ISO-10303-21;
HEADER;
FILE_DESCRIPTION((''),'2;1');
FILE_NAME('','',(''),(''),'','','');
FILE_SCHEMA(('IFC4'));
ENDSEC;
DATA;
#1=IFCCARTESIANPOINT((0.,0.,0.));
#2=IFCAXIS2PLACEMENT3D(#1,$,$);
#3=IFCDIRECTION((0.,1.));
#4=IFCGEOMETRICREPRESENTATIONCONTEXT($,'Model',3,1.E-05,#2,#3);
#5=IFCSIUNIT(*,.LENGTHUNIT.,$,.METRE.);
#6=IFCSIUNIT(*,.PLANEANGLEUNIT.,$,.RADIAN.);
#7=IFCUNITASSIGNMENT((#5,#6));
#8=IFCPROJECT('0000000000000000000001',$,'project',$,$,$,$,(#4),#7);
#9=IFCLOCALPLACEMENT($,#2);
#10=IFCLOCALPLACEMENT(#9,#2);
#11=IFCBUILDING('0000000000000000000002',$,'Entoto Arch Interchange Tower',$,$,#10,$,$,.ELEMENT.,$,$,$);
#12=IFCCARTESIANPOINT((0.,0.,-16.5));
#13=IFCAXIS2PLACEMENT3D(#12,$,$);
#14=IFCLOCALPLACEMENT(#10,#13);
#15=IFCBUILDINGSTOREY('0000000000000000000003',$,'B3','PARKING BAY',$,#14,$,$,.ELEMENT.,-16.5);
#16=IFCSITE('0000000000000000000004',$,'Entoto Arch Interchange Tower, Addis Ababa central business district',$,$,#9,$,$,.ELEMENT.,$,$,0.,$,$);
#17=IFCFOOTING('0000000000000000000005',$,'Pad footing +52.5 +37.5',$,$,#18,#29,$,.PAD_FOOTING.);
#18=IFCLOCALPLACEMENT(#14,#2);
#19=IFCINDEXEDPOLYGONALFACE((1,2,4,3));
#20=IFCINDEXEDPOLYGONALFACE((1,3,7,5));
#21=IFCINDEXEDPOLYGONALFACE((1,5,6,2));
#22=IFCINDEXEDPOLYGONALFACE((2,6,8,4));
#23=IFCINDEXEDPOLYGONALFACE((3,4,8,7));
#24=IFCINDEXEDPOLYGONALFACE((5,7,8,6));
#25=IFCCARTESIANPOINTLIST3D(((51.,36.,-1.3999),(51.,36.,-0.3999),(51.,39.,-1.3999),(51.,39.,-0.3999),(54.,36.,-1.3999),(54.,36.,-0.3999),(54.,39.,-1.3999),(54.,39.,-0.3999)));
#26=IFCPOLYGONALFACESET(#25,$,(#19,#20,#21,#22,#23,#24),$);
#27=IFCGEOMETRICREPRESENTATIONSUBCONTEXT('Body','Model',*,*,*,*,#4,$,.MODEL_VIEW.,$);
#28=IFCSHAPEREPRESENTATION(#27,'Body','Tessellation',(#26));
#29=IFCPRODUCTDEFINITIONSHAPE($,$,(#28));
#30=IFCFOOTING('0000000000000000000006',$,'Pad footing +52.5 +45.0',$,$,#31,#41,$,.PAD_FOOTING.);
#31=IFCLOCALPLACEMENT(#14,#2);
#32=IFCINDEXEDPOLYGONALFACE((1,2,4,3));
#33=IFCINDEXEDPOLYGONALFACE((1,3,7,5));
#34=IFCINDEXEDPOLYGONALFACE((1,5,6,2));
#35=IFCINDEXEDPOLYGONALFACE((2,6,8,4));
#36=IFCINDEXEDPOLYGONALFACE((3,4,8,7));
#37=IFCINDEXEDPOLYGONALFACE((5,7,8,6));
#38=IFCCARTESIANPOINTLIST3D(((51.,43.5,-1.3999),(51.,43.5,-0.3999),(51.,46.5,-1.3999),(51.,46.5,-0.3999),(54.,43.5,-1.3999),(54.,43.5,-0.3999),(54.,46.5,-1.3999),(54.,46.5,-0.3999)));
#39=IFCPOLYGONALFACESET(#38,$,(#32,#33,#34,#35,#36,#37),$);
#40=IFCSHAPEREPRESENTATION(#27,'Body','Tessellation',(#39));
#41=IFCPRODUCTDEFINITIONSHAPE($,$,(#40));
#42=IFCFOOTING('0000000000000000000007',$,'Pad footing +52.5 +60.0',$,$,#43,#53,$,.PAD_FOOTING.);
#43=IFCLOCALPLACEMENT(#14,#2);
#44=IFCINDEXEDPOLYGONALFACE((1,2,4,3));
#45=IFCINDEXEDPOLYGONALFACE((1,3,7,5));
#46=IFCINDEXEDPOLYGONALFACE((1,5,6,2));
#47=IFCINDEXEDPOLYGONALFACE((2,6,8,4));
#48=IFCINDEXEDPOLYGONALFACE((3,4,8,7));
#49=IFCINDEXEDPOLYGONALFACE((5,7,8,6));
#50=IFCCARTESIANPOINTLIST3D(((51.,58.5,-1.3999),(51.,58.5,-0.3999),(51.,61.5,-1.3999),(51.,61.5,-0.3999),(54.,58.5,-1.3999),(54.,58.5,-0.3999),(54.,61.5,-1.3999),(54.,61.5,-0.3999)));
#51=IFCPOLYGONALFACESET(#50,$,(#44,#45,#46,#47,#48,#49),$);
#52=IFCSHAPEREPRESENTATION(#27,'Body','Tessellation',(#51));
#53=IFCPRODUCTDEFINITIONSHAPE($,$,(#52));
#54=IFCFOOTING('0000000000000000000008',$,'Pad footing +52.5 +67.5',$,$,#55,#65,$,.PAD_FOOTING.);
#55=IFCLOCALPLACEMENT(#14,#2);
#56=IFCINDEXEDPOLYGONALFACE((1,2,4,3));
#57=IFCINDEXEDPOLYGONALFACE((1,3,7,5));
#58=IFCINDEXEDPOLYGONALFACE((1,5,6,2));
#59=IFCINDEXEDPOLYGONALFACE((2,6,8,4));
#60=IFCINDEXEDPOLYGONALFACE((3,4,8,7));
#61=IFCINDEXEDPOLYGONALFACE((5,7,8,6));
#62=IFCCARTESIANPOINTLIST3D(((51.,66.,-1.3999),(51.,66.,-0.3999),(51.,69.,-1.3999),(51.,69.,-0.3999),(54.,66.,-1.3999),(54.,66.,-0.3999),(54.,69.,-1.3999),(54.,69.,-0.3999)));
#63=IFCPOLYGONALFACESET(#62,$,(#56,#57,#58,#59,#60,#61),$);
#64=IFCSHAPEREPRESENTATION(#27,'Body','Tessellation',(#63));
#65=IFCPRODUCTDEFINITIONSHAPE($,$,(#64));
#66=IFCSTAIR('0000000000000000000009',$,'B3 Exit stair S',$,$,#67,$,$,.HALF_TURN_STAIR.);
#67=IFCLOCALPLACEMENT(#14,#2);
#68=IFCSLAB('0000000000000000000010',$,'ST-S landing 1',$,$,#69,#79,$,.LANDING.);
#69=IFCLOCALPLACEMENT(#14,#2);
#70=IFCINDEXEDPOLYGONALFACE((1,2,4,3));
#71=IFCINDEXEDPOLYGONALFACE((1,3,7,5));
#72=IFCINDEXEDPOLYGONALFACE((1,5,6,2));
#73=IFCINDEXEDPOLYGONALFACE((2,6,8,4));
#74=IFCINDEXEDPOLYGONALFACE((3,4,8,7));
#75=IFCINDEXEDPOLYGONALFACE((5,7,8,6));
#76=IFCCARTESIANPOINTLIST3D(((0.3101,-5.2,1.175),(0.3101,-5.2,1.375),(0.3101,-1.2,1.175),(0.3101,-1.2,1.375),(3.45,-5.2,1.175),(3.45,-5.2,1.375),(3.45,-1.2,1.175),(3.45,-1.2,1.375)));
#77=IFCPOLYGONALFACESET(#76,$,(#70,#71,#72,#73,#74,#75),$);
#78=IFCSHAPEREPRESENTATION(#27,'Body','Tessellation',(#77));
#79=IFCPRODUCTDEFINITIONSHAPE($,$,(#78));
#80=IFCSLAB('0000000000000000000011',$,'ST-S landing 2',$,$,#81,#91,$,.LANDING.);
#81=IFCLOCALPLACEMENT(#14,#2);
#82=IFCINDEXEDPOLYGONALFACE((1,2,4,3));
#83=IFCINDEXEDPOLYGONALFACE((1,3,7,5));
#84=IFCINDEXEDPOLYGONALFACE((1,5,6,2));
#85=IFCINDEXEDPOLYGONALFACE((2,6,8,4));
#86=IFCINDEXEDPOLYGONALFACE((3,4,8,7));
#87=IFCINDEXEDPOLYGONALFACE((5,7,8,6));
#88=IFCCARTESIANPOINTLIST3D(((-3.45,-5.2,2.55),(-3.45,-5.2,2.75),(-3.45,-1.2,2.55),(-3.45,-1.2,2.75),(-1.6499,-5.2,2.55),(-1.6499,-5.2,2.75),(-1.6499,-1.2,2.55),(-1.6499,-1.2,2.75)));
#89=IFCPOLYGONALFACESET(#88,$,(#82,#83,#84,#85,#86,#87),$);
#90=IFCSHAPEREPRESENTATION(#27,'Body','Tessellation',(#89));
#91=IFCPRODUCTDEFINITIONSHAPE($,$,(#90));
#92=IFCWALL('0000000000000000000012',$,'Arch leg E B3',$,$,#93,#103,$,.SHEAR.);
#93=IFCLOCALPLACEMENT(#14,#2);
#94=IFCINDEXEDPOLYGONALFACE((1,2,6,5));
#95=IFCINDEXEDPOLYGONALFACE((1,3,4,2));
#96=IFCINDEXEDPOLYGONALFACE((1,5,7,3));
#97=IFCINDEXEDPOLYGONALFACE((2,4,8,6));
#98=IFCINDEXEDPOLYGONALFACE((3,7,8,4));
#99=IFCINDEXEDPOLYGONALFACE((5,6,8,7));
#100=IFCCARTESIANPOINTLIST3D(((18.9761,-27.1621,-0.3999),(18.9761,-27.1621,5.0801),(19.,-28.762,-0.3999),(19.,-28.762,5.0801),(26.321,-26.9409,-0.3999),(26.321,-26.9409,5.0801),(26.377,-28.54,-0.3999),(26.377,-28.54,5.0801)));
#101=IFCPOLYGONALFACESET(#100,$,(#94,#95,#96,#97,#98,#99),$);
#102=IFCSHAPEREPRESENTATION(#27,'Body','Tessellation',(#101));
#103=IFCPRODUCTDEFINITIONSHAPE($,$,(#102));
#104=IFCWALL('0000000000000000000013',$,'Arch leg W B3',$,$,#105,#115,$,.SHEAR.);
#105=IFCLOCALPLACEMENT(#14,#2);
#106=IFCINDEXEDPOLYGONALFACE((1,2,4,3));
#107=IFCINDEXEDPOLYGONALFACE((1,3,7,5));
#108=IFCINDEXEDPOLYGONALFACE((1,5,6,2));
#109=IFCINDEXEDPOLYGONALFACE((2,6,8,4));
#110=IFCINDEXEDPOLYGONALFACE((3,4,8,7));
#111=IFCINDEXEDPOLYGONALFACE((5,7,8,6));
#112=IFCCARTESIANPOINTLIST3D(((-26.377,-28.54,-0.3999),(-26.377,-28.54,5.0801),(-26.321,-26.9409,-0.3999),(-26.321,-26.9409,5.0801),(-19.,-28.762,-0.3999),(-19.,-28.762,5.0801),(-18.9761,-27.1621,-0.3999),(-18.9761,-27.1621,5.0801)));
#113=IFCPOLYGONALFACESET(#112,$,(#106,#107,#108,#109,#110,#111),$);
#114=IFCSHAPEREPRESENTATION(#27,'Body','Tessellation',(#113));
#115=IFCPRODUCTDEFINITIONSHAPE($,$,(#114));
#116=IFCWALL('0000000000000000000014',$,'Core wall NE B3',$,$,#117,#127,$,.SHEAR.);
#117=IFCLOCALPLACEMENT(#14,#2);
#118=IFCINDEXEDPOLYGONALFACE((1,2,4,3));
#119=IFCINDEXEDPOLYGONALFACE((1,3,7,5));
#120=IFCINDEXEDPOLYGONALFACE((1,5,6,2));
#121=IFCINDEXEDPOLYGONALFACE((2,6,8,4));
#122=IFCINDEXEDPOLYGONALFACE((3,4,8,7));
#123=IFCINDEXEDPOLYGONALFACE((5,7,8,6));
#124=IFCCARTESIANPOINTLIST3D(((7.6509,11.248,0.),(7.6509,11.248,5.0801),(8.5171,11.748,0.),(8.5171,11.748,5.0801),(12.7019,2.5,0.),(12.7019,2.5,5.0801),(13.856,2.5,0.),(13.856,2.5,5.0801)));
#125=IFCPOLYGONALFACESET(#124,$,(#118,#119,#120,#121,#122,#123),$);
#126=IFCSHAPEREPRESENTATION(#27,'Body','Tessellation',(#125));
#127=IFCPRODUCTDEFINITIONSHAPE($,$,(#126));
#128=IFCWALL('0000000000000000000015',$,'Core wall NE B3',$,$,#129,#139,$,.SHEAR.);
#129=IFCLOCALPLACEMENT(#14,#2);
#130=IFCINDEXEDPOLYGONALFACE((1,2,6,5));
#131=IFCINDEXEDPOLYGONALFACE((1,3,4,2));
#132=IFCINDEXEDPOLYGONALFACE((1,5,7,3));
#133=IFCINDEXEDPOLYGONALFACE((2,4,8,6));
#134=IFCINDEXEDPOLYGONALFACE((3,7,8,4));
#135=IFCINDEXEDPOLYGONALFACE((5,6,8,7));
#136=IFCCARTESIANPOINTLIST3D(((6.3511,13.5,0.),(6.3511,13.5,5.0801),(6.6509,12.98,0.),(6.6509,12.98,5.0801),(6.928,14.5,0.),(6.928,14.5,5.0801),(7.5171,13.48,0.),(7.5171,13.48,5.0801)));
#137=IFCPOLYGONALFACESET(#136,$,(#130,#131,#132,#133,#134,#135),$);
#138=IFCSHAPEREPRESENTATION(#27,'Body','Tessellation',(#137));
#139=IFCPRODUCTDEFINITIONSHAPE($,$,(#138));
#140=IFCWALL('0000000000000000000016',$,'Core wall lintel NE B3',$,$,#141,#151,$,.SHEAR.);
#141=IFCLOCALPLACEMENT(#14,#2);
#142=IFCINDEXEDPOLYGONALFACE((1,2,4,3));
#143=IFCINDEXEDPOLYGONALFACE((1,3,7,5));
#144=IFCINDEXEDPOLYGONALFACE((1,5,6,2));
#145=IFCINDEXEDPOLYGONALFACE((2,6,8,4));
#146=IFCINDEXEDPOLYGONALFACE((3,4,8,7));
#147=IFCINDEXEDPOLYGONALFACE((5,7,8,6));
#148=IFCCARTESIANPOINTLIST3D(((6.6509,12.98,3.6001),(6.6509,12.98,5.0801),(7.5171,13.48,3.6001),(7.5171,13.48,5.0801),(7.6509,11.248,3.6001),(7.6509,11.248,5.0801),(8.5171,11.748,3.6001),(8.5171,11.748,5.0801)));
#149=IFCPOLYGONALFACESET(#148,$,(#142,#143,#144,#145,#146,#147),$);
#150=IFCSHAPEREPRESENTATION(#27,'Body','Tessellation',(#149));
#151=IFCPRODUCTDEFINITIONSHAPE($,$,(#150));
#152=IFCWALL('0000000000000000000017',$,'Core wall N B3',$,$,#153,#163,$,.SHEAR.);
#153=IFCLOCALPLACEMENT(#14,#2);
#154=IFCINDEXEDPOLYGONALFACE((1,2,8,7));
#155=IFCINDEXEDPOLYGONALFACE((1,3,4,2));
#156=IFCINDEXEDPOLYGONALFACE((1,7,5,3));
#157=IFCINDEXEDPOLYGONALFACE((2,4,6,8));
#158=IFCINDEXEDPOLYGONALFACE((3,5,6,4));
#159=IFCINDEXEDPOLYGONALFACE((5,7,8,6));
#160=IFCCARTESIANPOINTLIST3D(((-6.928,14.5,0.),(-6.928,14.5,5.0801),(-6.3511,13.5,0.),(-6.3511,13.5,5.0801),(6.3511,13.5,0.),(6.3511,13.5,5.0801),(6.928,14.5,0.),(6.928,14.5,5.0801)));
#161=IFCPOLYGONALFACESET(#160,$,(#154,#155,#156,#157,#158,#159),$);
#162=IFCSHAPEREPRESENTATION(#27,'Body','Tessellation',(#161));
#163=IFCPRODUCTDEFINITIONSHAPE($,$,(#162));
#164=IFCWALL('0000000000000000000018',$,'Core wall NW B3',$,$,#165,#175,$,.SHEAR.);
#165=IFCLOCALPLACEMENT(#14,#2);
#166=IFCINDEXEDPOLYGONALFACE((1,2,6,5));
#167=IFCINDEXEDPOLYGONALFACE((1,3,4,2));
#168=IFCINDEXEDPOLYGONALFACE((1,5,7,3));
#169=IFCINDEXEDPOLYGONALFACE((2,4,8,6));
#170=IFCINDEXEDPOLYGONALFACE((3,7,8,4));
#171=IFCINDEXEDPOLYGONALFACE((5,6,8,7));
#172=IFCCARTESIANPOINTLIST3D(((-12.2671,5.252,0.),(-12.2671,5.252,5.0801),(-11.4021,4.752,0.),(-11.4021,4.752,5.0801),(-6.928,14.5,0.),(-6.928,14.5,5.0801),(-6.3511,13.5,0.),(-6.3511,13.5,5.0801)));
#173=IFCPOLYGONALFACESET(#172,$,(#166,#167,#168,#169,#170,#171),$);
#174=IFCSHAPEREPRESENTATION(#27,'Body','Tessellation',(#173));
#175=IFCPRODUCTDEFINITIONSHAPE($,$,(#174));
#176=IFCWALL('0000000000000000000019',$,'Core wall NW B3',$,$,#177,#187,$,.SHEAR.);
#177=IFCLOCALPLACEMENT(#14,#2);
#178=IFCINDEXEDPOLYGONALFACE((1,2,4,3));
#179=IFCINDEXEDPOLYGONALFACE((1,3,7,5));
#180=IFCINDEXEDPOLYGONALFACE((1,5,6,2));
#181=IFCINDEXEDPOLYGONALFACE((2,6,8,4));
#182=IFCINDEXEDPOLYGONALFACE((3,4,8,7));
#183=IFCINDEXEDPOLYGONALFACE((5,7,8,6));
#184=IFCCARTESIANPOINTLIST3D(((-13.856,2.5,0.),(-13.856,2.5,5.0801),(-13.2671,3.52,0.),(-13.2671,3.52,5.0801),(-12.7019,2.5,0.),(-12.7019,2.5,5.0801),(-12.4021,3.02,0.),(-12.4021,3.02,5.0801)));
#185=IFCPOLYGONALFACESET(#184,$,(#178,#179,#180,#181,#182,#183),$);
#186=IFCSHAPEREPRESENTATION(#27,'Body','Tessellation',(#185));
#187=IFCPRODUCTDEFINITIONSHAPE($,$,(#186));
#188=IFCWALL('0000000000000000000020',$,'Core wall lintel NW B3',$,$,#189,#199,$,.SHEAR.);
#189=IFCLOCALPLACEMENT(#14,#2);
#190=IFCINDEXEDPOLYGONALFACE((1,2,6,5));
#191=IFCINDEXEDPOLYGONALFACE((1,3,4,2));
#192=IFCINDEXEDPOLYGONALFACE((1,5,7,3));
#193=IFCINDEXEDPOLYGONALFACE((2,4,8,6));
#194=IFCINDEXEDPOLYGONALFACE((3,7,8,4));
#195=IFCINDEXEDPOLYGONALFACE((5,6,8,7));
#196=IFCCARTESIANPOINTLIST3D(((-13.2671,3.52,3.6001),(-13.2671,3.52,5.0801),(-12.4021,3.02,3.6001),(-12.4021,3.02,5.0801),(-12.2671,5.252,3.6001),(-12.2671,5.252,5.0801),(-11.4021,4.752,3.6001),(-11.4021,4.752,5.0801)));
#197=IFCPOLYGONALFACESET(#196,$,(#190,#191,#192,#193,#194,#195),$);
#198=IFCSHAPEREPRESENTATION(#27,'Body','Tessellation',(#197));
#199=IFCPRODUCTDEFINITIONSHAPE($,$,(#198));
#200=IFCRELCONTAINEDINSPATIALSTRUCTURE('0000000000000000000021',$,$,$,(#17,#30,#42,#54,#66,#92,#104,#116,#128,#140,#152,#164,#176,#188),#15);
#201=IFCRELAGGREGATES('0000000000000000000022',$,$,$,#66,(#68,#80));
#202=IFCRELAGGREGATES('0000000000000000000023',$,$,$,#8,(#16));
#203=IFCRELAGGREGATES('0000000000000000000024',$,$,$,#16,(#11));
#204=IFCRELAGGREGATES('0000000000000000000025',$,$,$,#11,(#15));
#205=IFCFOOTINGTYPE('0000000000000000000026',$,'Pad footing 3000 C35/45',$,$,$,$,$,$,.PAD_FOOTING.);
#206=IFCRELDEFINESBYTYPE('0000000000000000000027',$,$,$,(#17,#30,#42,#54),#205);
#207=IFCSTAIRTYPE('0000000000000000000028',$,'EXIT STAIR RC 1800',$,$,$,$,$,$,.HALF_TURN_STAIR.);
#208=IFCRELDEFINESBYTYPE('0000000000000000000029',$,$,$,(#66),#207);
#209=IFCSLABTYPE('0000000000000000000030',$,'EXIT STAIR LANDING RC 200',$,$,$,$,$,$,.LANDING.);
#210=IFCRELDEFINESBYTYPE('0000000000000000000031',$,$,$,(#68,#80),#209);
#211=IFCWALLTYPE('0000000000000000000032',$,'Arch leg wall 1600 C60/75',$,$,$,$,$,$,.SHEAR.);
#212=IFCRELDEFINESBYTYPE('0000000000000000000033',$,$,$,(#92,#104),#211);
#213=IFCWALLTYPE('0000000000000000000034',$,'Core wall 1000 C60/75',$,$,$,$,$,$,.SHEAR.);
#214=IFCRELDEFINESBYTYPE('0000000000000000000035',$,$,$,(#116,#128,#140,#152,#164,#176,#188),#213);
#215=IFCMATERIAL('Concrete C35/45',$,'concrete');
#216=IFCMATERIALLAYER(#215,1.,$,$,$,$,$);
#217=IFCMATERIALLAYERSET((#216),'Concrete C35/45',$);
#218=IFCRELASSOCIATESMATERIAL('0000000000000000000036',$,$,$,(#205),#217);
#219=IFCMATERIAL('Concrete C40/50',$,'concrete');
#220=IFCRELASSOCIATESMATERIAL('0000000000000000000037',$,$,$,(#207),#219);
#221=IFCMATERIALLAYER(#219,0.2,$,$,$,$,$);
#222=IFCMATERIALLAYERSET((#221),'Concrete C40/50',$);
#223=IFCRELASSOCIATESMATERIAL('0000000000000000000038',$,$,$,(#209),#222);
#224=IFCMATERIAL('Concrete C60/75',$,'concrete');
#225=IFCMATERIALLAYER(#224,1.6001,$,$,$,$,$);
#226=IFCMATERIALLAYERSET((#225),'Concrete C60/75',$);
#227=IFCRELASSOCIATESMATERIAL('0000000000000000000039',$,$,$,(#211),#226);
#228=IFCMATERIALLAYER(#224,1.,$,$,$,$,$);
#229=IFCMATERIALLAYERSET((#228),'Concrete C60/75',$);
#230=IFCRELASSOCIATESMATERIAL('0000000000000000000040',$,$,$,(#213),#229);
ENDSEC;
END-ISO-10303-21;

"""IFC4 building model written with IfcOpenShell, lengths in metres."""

from ifc_helpers import new_model, si_unit, direction, frame, origin, place, context, subcontext, project, spatial, polyline, outline, extrude, material, layer, layer_set, type_object, element, aggregate, save


model = new_model("IFC4")

# Units and contexts
model_context = context("Model", 3, precision=1e-05, world=origin(), true_north=direction((0.0, 1.0)))
body_context = subcontext(model_context, "Body", "Model", "MODEL_VIEW")
ifc_project = project(units=[si_unit("LENGTHUNIT", "METRE"), si_unit("PLANEANGLEUNIT", "RADIAN")], contexts=[model_context])

# Site, building, storey
site_placement = place(None, origin())
site = spatial("IfcSite", under=ifc_project, at=site_placement, Name="Entoto Arch Interchange Tower, Addis Ababa central business district", CompositionType="ELEMENT", RefElevation=0.0)
building_placement = place(site_placement, origin())
building = spatial("IfcBuilding", under=site, at=building_placement, Name="Entoto Arch Interchange Tower", CompositionType="ELEMENT")
storey_placement = place(building_placement, frame((0.0, 0.0, -16.5)))
storey = spatial("IfcBuildingStorey", under=building, at=storey_placement, Name="B3", Description="PARKING BAY", CompositionType="ELEMENT", Elevation=-16.5)

# Footings
ifc_material_1 = material(Name="Concrete C35/45", Category="concrete")
ifc_layer_1 = layer(ifc_material_1, 1.0)
ifc_layer_set_1 = layer_set([ifc_layer_1], Name="Concrete C35/45")
footing_type_1 = type_object("IfcFootingType", Name="Pad footing 3000 C35/45", PredefinedType="PAD_FOOTING", material=ifc_layer_set_1)
footing_1_placement = place(storey_placement, frame((0.0, 0.0, -1.3999)))
element("IfcFooting", 1, at=footing_1_placement, inside=storey, type_object=footing_type_1, Name="Pad footing +52.5 +37.5", PredefinedType="PAD_FOOTING", context=body_context, shape_type="SweptSolid", body=[
    extrude(outline(polyline([(54.0, 36.0), (54.0, 39.0), (51.0, 39.0), (51.0, 36.0), (54.0, 36.0)])), origin(), (0.0, 0.0, 1.0), 1.0),
])
footing_2_placement = place(storey_placement, frame((0.0, 0.0, -1.3999)))
element("IfcFooting", 2, at=footing_2_placement, inside=storey, type_object=footing_type_1, Name="Pad footing +52.5 +45.0", PredefinedType="PAD_FOOTING", context=body_context, shape_type="SweptSolid", body=[
    extrude(outline(polyline([(54.0, 43.5), (54.0, 46.5), (51.0, 46.5), (51.0, 43.5), (54.0, 43.5)])), origin(), (0.0, 0.0, 1.0), 1.0),
])
footing_3_placement = place(storey_placement, frame((0.0, 0.0, -1.3999)))
element("IfcFooting", 3, at=footing_3_placement, inside=storey, type_object=footing_type_1, Name="Pad footing +52.5 +60.0", PredefinedType="PAD_FOOTING", context=body_context, shape_type="SweptSolid", body=[
    extrude(outline(polyline([(54.0, 58.5), (54.0, 61.5), (51.0, 61.5), (51.0, 58.5), (54.0, 58.5)])), origin(), (0.0, 0.0, 1.0), 1.0),
])
footing_4_placement = place(storey_placement, frame((0.0, 0.0, -1.3999)))
element("IfcFooting", 4, at=footing_4_placement, inside=storey, type_object=footing_type_1, Name="Pad footing +52.5 +67.5", PredefinedType="PAD_FOOTING", context=body_context, shape_type="SweptSolid", body=[
    extrude(outline(polyline([(54.0, 66.0), (54.0, 69.0), (51.0, 69.0), (51.0, 66.0), (54.0, 66.0)])), origin(), (0.0, 0.0, 1.0), 1.0),
])

# Stair, slabs
ifc_material_2 = material(Name="Concrete C40/50", Category="concrete")
stair_type = type_object("IfcStairType", Name="EXIT STAIR RC 1800", PredefinedType="HALF_TURN_STAIR", material=ifc_material_2)
stair_placement = place(storey_placement, origin())
stair = element("IfcStair", 5, at=stair_placement, inside=storey, type_object=stair_type, Name="B3 Exit stair S", PredefinedType="HALF_TURN_STAIR")
ifc_layer_2 = layer(ifc_material_2, 0.2)
ifc_layer_set_2 = layer_set([ifc_layer_2], Name="Concrete C40/50")
slab_type = type_object("IfcSlabType", Name="EXIT STAIR LANDING RC 200", PredefinedType="LANDING", material=ifc_layer_set_2)
slab_1_placement = place(storey_placement, frame((0.0, 0.0, 1.175)))
slab_1 = element("IfcSlab", 6, at=slab_1_placement, type_object=slab_type, Name="ST-S landing 1", PredefinedType="LANDING", context=body_context, shape_type="SweptSolid", body=[
    extrude(outline(polyline([(0.3101, -5.2), (3.45, -5.2), (3.45, -1.2), (0.3101, -1.2), (0.3101, -5.2)])), origin(), (0.0, 0.0, 1.0), 0.2),
])
slab_2_placement = place(storey_placement, frame((0.0, 0.0, 2.55)))
slab_2 = element("IfcSlab", 7, at=slab_2_placement, type_object=slab_type, Name="ST-S landing 2", PredefinedType="LANDING", context=body_context, shape_type="SweptSolid", body=[
    extrude(outline(polyline([(-3.45, -5.2), (-1.6499, -5.2), (-1.6499, -1.2), (-3.45, -1.2), (-3.45, -5.2)])), origin(), (0.0, 0.0, 1.0), 0.2),
])
aggregate(stair, [slab_1, slab_2])

# Walls
ifc_material_3 = material(Name="Concrete C60/75", Category="concrete")
ifc_layer_3 = layer(ifc_material_3, 1.6001)
ifc_layer_set_3 = layer_set([ifc_layer_3], Name="Concrete C60/75")
wall_type_1 = type_object("IfcWallType", Name="Arch leg wall 1600 C60/75", PredefinedType="SHEAR", material=ifc_layer_set_3)
wall_1_placement = place(storey_placement, frame((0.0, 0.0, -0.3999)))
element("IfcWall", 8, at=wall_1_placement, inside=storey, type_object=wall_type_1, Name="Arch leg E B3", PredefinedType="SHEAR", context=body_context, shape_type="SweptSolid", body=[
    extrude(outline(polyline([(19.0, -28.762), (26.377, -28.54), (26.321, -26.9409), (18.9761, -27.1621), (19.0, -28.762)])), origin(), (0.0, 0.0, 1.0), 5.48),
])
wall_2_placement = place(storey_placement, frame((0.0, 0.0, -0.3999)))
element("IfcWall", 9, at=wall_2_placement, inside=storey, type_object=wall_type_1, Name="Arch leg W B3", PredefinedType="SHEAR", context=body_context, shape_type="SweptSolid", body=[
    extrude(outline(polyline([(-26.377, -28.54), (-19.0, -28.762), (-18.9761, -27.1621), (-26.321, -26.9409), (-26.377, -28.54)])), origin(), (0.0, 0.0, 1.0), 5.48),
])
ifc_layer_4 = layer(ifc_material_3, 1.0)
ifc_layer_set_4 = layer_set([ifc_layer_4], Name="Concrete C60/75")
wall_type_2 = type_object("IfcWallType", Name="Core wall 1000 C60/75", PredefinedType="SHEAR", material=ifc_layer_set_4)
wall_3_placement = place(storey_placement, origin())
element("IfcWall", 10, at=wall_3_placement, inside=storey, type_object=wall_type_2, Name="Core wall NE B3", PredefinedType="SHEAR", context=body_context, shape_type="SweptSolid", body=[
    extrude(outline(polyline([(8.5171, 11.748), (7.6509, 11.248), (12.7019, 2.5), (13.856, 2.5), (8.5171, 11.748)])), origin(), (0.0, 0.0, 1.0), 5.0801),
])
wall_4_placement = place(storey_placement, origin())
element("IfcWall", 11, at=wall_4_placement, inside=storey, type_object=wall_type_2, Name="Core wall NE B3", PredefinedType="SHEAR", context=body_context, shape_type="SweptSolid", body=[
    extrude(outline(polyline([(6.6509, 12.98), (7.5171, 13.48), (6.928, 14.5), (6.3511, 13.5), (6.6509, 12.98)])), origin(), (0.0, 0.0, 1.0), 5.0801),
])
wall_5_placement = place(storey_placement, frame((0.0, 0.0, 3.6001)))
element("IfcWall", 12, at=wall_5_placement, inside=storey, type_object=wall_type_2, Name="Core wall lintel NE B3", PredefinedType="SHEAR", context=body_context, shape_type="SweptSolid", body=[
    extrude(outline(polyline([(7.5171, 13.48), (6.6509, 12.98), (7.6509, 11.248), (8.5171, 11.748), (7.5171, 13.48)])), origin(), (0.0, 0.0, 1.0), 1.48),
])
wall_6_placement = place(storey_placement, origin())
element("IfcWall", 13, at=wall_6_placement, inside=storey, type_object=wall_type_2, Name="Core wall N B3", PredefinedType="SHEAR", context=body_context, shape_type="SweptSolid", body=[
    extrude(outline(polyline([(6.928, 14.5), (-6.928, 14.5), (-6.3511, 13.5), (6.3511, 13.5), (6.928, 14.5)])), origin(), (0.0, 0.0, 1.0), 5.0801),
])
wall_7_placement = place(storey_placement, origin())
element("IfcWall", 14, at=wall_7_placement, inside=storey, type_object=wall_type_2, Name="Core wall NW B3", PredefinedType="SHEAR", context=body_context, shape_type="SweptSolid", body=[
    extrude(outline(polyline([(-12.2671, 5.252), (-11.4021, 4.752), (-6.3511, 13.5), (-6.928, 14.5), (-12.2671, 5.252)])), origin(), (0.0, 0.0, 1.0), 5.0801),
])
wall_8_placement = place(storey_placement, origin())
element("IfcWall", 15, at=wall_8_placement, inside=storey, type_object=wall_type_2, Name="Core wall NW B3", PredefinedType="SHEAR", context=body_context, shape_type="SweptSolid", body=[
    extrude(outline(polyline([(-12.4021, 3.02), (-13.2671, 3.52), (-13.856, 2.5), (-12.7019, 2.5), (-12.4021, 3.02)])), origin(), (0.0, 0.0, 1.0), 5.0801),
])
wall_9_placement = place(storey_placement, frame((0.0, 0.0, 3.6001)))
element("IfcWall", 16, at=wall_9_placement, inside=storey, type_object=wall_type_2, Name="Core wall lintel NW B3", PredefinedType="SHEAR", context=body_context, shape_type="SweptSolid", body=[
    extrude(outline(polyline([(-13.2671, 3.52), (-12.4021, 3.02), (-11.4021, 4.752), (-12.2671, 5.252), (-13.2671, 3.52)])), origin(), (0.0, 0.0, 1.0), 1.48),
])

save(model, "model.ifc")
